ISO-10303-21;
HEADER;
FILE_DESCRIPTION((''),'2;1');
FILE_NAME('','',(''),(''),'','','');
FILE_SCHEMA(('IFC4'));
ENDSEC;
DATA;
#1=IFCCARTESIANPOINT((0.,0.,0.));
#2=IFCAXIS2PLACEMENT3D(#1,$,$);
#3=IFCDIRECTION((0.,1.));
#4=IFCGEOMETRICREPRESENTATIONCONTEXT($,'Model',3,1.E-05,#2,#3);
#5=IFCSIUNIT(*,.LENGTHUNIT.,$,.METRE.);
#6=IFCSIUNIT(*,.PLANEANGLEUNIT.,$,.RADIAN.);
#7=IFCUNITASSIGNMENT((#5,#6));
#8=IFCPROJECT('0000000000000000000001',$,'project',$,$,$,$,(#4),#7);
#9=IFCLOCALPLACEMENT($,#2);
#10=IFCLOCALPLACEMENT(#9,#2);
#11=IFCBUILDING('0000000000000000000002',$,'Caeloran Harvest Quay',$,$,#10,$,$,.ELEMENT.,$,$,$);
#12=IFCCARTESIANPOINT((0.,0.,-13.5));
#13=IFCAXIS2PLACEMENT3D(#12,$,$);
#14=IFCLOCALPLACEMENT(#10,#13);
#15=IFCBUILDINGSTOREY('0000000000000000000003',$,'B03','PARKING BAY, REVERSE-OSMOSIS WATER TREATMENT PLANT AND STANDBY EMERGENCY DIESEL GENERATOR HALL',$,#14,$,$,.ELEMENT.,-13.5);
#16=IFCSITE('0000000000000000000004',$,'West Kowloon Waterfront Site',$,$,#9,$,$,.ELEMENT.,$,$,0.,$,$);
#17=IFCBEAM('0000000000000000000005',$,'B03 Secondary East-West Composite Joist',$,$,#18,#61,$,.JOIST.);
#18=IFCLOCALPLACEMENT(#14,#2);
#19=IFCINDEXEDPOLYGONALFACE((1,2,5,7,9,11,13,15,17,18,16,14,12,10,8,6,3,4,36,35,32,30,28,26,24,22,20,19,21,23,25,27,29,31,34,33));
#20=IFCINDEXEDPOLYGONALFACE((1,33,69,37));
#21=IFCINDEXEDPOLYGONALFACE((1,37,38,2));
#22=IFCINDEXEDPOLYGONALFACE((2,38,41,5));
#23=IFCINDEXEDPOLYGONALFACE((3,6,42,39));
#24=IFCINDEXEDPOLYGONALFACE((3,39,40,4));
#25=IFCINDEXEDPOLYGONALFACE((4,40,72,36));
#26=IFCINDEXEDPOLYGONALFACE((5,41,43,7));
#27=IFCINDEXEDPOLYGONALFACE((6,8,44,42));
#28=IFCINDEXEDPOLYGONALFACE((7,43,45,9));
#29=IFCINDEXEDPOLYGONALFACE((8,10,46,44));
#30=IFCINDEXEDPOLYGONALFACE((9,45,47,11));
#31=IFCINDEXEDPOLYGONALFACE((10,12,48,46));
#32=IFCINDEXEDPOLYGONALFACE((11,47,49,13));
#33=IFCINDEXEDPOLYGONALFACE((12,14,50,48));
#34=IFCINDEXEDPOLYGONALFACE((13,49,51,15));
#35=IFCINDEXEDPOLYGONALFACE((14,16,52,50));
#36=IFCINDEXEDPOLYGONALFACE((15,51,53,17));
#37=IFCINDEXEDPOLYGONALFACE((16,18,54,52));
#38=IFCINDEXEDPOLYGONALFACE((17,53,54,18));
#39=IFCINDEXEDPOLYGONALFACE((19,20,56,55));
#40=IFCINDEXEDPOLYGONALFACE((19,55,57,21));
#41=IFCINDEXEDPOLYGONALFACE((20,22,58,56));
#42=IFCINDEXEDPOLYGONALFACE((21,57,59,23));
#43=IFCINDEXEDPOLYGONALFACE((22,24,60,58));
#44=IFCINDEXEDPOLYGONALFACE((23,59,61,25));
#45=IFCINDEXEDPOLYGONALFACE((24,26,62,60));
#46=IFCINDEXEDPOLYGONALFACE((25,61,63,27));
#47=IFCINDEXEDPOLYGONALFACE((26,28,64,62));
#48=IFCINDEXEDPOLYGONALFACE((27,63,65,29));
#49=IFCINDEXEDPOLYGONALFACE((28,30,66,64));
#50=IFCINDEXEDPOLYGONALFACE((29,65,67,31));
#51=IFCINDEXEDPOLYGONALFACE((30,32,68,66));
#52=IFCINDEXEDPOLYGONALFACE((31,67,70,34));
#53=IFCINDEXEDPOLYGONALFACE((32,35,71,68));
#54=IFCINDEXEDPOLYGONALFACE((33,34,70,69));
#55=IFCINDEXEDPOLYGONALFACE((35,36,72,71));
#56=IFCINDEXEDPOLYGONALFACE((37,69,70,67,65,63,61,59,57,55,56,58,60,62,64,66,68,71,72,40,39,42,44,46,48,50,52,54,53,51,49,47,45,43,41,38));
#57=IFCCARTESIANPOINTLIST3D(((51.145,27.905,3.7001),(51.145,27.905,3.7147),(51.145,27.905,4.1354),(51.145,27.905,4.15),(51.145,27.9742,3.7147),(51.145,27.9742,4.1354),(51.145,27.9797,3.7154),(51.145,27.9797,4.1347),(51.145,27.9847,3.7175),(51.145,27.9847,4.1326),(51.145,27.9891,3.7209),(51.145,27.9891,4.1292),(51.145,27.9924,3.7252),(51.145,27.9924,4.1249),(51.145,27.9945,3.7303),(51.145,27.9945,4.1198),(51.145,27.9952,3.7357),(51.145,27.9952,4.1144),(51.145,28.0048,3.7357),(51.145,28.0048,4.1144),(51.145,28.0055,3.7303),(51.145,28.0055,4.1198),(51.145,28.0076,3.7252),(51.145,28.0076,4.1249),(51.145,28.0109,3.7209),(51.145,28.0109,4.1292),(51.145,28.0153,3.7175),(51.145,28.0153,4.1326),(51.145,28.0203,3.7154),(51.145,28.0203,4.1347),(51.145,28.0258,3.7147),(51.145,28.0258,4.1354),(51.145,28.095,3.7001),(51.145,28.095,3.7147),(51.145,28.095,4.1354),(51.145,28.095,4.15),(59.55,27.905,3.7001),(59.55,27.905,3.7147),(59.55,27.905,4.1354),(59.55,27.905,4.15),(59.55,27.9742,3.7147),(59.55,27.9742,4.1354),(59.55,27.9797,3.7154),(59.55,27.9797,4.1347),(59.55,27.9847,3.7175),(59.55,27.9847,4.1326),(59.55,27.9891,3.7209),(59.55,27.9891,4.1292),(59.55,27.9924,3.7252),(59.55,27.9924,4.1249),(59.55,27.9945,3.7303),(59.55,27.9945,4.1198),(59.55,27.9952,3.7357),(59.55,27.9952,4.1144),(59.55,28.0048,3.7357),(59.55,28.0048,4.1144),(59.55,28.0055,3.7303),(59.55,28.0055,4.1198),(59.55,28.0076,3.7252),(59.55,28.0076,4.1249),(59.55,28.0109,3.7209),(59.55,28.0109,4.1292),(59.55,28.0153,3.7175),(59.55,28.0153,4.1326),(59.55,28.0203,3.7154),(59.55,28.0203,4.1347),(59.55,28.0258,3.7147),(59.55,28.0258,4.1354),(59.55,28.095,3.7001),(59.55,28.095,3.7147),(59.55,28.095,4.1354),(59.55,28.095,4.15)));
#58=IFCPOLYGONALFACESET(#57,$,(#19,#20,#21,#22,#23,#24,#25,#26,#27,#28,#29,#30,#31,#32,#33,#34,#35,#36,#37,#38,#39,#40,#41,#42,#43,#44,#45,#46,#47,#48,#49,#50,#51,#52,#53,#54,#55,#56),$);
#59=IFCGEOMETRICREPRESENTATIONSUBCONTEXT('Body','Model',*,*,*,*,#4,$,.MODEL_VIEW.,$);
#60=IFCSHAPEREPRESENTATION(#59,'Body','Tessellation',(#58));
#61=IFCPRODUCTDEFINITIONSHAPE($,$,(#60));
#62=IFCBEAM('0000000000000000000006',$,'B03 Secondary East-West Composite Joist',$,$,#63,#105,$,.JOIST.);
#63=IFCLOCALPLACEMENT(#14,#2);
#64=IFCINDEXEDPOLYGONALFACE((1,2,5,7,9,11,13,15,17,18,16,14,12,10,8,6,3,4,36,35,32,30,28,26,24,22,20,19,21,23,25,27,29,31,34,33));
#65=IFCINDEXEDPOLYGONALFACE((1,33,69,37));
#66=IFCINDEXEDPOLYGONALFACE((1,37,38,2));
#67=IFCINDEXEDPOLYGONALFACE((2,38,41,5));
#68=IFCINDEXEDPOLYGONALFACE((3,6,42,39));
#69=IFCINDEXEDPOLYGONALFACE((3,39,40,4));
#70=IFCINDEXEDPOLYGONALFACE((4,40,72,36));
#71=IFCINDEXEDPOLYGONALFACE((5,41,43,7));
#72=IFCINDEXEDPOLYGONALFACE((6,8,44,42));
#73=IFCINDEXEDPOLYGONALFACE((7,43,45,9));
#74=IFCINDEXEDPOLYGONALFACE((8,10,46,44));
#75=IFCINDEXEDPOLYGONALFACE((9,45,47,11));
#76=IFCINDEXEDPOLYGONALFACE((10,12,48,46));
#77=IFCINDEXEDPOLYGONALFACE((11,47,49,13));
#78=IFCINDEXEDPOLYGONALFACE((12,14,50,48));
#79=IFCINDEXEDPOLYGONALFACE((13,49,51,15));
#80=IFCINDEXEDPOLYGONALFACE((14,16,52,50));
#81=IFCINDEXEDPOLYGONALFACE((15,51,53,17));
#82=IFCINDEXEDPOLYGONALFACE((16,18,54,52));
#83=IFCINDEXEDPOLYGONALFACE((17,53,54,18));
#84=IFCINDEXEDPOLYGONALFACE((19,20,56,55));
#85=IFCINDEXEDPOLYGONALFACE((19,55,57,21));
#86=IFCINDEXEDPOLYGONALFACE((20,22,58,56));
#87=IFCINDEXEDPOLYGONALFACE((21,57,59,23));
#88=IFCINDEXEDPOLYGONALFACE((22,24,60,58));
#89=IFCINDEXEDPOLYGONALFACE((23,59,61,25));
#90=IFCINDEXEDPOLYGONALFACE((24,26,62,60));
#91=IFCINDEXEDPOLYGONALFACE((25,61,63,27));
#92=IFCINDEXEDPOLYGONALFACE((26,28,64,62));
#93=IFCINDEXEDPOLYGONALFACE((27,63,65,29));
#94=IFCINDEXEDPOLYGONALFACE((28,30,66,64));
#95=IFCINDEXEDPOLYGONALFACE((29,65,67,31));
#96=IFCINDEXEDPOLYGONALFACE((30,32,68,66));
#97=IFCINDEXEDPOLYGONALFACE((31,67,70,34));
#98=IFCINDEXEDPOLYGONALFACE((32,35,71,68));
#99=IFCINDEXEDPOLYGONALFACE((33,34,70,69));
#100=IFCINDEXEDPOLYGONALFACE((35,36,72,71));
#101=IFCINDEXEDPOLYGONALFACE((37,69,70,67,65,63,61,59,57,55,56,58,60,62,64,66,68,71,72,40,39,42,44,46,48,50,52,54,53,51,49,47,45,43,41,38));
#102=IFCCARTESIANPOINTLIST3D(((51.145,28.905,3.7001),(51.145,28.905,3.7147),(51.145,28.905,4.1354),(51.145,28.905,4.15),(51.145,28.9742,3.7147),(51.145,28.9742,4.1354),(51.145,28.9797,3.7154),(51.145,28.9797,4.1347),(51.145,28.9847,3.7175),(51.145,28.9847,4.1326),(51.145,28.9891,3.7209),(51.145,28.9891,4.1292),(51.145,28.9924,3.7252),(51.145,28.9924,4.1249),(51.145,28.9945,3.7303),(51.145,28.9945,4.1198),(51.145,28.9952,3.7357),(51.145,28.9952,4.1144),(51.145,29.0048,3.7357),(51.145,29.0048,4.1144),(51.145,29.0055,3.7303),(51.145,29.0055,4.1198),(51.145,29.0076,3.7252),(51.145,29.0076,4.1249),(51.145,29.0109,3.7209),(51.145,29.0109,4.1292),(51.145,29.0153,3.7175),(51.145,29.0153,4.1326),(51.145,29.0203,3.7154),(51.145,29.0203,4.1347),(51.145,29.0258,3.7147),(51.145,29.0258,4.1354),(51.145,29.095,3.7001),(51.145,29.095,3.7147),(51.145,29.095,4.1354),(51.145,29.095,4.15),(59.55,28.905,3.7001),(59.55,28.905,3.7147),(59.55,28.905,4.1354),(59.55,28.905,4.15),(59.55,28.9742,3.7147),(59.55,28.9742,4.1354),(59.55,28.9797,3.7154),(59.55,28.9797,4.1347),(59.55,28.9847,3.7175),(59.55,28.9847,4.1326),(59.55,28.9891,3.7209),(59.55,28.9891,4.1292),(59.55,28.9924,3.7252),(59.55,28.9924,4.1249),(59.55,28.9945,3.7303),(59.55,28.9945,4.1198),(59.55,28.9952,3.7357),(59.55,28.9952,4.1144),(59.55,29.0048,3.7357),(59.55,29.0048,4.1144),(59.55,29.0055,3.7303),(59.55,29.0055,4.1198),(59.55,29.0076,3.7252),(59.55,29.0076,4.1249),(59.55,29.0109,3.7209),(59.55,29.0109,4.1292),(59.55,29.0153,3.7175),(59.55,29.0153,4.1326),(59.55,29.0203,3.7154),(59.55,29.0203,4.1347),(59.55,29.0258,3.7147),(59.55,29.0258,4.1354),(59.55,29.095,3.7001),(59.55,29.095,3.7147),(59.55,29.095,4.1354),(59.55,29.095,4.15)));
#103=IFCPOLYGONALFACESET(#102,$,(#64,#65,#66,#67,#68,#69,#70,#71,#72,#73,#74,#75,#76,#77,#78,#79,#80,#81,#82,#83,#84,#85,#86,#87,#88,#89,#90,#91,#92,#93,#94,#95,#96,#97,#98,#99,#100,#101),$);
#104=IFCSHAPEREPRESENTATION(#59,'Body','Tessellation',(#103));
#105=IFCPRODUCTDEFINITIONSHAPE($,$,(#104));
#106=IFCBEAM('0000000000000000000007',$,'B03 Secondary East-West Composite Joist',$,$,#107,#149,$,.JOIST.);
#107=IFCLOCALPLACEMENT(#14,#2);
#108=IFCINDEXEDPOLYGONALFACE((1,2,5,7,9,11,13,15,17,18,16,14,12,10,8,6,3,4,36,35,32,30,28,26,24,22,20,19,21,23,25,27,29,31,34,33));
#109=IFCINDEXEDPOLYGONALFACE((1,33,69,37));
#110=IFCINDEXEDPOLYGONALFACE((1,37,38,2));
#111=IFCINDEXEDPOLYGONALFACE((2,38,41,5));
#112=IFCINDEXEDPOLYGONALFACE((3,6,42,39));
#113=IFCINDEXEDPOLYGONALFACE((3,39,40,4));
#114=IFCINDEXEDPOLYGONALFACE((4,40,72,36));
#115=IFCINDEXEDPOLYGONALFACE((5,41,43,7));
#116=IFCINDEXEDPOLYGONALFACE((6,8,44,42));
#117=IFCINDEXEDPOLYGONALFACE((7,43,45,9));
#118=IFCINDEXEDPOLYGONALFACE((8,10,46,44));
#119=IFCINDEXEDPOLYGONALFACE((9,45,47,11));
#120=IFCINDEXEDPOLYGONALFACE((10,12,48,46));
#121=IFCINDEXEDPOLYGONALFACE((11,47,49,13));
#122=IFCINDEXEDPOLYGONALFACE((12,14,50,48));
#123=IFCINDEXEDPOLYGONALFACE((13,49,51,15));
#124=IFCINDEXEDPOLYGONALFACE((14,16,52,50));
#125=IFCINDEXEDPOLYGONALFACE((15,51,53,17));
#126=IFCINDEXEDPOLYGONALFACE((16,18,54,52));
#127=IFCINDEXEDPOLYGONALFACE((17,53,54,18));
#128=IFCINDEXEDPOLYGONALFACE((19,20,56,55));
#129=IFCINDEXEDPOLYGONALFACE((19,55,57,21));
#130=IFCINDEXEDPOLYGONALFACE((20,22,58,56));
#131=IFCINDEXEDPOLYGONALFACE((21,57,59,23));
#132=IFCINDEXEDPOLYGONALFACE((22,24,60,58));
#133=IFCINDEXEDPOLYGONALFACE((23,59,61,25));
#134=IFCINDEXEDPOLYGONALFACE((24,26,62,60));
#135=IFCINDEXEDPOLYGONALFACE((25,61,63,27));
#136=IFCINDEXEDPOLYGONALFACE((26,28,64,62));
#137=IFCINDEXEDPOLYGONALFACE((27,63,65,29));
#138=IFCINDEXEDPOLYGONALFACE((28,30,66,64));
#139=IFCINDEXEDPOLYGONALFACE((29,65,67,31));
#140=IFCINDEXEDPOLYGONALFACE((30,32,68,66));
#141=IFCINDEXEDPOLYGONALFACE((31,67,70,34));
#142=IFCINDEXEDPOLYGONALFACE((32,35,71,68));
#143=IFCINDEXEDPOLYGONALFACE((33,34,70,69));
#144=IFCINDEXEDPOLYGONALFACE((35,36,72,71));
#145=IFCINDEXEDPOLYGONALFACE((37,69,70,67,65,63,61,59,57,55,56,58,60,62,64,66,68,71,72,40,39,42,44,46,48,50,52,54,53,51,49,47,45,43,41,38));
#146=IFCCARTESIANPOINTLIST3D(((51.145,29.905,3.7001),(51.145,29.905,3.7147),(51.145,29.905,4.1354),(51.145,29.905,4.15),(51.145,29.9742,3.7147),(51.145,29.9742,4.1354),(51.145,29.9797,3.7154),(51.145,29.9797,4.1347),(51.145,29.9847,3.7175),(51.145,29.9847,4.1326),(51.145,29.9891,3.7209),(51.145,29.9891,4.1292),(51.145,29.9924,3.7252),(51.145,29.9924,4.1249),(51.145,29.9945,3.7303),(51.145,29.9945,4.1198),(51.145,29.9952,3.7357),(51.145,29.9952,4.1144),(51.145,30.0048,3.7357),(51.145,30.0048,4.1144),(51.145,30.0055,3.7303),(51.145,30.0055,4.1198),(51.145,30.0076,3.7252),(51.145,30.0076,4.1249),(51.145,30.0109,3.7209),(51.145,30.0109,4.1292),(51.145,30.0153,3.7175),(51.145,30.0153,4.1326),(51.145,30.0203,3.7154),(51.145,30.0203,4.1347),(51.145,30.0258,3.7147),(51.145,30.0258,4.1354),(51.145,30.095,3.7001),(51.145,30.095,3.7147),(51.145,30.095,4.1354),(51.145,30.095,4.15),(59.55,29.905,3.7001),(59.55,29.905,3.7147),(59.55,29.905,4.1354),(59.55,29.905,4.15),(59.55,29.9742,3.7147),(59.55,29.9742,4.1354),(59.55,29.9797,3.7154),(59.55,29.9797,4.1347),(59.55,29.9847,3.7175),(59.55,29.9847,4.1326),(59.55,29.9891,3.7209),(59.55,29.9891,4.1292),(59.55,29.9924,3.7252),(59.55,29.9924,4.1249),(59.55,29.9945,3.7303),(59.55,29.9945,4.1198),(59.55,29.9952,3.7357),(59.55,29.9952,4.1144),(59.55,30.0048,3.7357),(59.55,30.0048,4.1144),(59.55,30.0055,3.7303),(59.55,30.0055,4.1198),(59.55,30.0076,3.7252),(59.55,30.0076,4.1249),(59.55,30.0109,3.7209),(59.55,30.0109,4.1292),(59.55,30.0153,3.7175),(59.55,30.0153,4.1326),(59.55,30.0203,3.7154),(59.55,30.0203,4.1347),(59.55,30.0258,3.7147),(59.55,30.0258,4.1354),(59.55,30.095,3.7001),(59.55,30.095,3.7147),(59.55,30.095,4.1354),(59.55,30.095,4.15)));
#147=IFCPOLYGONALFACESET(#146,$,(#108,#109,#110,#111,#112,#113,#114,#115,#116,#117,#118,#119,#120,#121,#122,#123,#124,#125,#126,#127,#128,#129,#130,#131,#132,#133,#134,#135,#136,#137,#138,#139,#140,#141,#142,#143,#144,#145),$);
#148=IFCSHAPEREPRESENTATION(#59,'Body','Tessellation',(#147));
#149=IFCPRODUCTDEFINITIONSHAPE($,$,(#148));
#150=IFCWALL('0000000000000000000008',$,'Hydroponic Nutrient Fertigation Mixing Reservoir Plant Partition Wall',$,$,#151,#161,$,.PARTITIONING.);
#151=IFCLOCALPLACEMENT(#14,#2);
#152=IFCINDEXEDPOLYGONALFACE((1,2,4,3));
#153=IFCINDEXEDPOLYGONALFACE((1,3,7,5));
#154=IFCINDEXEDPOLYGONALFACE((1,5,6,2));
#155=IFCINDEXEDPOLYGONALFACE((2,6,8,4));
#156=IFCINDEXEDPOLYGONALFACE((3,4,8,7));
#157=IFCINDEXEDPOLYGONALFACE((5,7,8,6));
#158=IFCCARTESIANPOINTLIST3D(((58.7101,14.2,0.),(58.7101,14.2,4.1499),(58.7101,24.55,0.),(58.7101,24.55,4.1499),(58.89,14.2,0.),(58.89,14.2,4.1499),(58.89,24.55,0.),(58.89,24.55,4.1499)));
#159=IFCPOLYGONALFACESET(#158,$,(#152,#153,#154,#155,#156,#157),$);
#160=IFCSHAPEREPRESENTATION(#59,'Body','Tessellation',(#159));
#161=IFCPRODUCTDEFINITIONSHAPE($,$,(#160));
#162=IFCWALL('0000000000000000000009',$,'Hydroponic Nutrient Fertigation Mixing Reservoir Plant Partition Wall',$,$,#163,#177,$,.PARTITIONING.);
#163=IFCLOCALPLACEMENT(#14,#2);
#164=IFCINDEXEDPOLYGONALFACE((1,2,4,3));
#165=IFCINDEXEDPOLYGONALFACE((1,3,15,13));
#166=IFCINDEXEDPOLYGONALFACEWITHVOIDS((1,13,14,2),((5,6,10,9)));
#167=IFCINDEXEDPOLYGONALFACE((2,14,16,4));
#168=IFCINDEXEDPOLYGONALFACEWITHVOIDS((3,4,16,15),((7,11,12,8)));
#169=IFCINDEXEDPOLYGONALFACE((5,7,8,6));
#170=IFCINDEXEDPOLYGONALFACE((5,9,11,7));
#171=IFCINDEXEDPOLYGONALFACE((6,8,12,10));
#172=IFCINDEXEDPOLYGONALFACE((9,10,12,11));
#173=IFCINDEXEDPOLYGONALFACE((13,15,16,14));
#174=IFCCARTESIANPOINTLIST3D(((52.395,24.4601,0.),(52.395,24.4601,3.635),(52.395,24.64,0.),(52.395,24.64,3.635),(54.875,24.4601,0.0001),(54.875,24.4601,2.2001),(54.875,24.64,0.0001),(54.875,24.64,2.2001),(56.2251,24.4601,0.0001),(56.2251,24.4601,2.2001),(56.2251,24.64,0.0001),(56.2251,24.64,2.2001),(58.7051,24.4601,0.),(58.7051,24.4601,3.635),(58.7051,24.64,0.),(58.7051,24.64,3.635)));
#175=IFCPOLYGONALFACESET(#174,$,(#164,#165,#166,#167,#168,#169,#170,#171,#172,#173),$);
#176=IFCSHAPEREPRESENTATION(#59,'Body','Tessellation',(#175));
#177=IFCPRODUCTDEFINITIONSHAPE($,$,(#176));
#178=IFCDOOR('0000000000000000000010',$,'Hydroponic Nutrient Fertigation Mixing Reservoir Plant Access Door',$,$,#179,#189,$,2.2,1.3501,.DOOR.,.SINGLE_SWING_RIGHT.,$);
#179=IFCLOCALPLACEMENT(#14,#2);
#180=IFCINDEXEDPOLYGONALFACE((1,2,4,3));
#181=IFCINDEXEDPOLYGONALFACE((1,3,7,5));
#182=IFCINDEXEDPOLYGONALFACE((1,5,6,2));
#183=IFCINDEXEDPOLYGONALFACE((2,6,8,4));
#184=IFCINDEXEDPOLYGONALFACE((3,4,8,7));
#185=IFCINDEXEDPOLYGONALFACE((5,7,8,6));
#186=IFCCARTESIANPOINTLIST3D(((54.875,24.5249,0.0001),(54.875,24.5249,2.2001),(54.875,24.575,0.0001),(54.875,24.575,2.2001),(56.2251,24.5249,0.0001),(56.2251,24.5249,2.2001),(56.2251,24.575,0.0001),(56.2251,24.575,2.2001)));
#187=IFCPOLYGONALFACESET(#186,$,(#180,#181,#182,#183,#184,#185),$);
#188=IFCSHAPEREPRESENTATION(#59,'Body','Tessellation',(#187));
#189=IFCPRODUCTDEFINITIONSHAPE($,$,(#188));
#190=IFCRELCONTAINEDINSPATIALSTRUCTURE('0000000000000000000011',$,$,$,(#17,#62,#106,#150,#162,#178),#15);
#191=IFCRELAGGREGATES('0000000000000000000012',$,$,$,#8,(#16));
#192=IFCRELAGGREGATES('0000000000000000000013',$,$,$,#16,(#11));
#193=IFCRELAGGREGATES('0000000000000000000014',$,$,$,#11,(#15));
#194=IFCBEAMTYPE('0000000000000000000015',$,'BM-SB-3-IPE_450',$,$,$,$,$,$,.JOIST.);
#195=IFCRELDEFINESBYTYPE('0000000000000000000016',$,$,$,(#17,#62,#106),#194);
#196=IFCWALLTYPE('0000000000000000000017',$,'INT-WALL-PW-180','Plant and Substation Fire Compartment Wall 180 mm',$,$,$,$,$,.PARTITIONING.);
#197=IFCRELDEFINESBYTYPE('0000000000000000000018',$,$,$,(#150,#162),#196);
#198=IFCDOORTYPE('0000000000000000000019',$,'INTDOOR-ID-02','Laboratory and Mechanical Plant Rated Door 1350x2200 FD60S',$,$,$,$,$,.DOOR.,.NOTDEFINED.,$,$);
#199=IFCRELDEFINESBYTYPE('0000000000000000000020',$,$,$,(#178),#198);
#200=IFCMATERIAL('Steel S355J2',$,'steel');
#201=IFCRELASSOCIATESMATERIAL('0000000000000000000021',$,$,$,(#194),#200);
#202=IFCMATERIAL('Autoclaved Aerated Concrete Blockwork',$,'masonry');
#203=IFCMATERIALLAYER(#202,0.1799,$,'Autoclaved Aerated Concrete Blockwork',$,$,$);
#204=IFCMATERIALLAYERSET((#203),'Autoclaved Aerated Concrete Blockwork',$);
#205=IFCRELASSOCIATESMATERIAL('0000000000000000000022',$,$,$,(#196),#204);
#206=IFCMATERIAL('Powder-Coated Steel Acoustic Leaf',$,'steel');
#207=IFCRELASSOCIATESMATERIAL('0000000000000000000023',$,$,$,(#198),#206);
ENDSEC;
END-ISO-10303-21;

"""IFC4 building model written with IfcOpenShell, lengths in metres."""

from ifc_helpers import new_model, si_unit, direction, frame, frame_2d, origin, origin_2d, place, context, subcontext, project, spatial, rectangle, i_section, extrude, material, layer, layer_set, material_profile, profile_set, type_object, element, fill, save


model = new_model("IFC4")

# Units and contexts
model_context = context("Model", 3, precision=1e-05, world=origin(), true_north=direction((0.0, 1.0)))
body_context = subcontext(model_context, "Body", "Model", "MODEL_VIEW")
ifc_project = project(units=[si_unit("LENGTHUNIT", "METRE"), si_unit("PLANEANGLEUNIT", "RADIAN")], contexts=[model_context])

# Site, building, storey
site_placement = place(None, origin())
site = spatial("IfcSite", under=ifc_project, at=site_placement, Name="West Kowloon Waterfront Site", CompositionType="ELEMENT", RefElevation=0.0)
building_placement = place(site_placement, origin())
building = spatial("IfcBuilding", under=site, at=building_placement, Name="Caeloran Harvest Quay", CompositionType="ELEMENT")
storey_placement = place(building_placement, frame((0.0, 0.0, -13.5)))
storey = spatial("IfcBuildingStorey", under=building, at=storey_placement, Name="B03", Description="PARKING BAY, REVERSE-OSMOSIS WATER TREATMENT PLANT AND STANDBY EMERGENCY DIESEL GENERATOR HALL", CompositionType="ELEMENT", Elevation=-13.5)

# Beams
ifc_material_1 = material(Name="Steel S355J2", Category="steel")
ifc_material_profile_1 = material_profile(ifc_material_1, i_section(OverallWidth=0.1899, OverallDepth=0.45, WebThickness=0.0095, FlangeThickness=0.0146, FilletRadius=0.021, at=origin_2d()), Name="IPE 450")
ifc_profile_set_1 = profile_set([ifc_material_profile_1], Name="Steel S355J2")
beam_type_1 = type_object("IfcBeamType", Name="BM-SB-3-IPE_450", PredefinedType="JOIST", material=ifc_profile_set_1)
for number, where, z_axis, x_axis, name in (
    (1, (51.145, 28.0, 3.925), (1.0, 0.0, 0.0), (0.0, 1.0, 0.0), "B03 Secondary East-West Composite Joist"),
    (2, (51.145, 29.0, 3.925), (1.0, 0.0, 0.0), (0.0, 1.0, 0.0), "B03 Secondary East-West Composite Joist"),
    (3, (51.145, 30.0, 3.925), (1.0, 0.0, 0.0), (0.0, 1.0, 0.0), "B03 Secondary East-West Composite Joist"),
):
    element("IfcBeam", number, at=place(storey_placement, frame(where, z_axis=z_axis, x_axis=x_axis)), inside=storey, type_object=beam_type_1, Name=name, PredefinedType="JOIST", context=body_context, shape_type="SweptSolid", body=[
        extrude(i_section(OverallWidth=0.1899, OverallDepth=0.45, WebThickness=0.0095, FlangeThickness=0.0146, FilletRadius=0.021, at=origin_2d()), origin(), (0.0, 0.0, 1.0), 8.405),
    ])

# Wall
ifc_material_2 = material(Name="Autoclaved Aerated Concrete Blockwork", Category="masonry")
ifc_layer = layer(ifc_material_2, 0.1799, Name="Autoclaved Aerated Concrete Blockwork")
ifc_layer_set = layer_set([ifc_layer], Name="Autoclaved Aerated Concrete Blockwork")
wall_type = type_object("IfcWallType", Name="INT-WALL-PW-180", Description="Plant and Substation Fire Compartment Wall 180 mm", PredefinedType="PARTITIONING", material=ifc_layer_set)
wall_1_placement = place(storey_placement, frame((58.8, 24.55, 0.0), z_axis=(0.0, 0.0, 1.0), x_axis=(0.0, -1.0, 0.0)))
element("IfcWall", 4, at=wall_1_placement, inside=storey, type_object=wall_type, Name="Hydroponic Nutrient Fertigation Mixing Reservoir Plant Partition Wall", PredefinedType="PARTITIONING", context=body_context, shape_type="SweptSolid", body=[
    extrude(rectangle(XDim=10.3501, YDim=0.1799, at=frame_2d((5.175, 0.0))), origin(), (0.0, 0.0, 1.0), 4.1499),
])

# Wall, opening, door
wall_2_placement = place(storey_placement, frame((52.395, 24.55, 0.0), z_axis=(0.0, 0.0, 1.0), x_axis=(1.0, 0.0, 0.0)))
wall_2 = element("IfcWall", 5, at=wall_2_placement, inside=storey, type_object=wall_type, Name="Hydroponic Nutrient Fertigation Mixing Reservoir Plant Partition Wall", PredefinedType="PARTITIONING", context=body_context, shape_type="SweptSolid", body=[
    extrude(rectangle(XDim=6.3101, YDim=0.1799, at=frame_2d((3.155, 0.0))), origin(), (0.0, 0.0, 1.0), 3.635),
])
opening_1_placement = place(wall_2_placement, frame((2.48, 0.0, 0.0)))
opening_1 = element("IfcOpeningElement", 6, at=opening_1_placement, cuts=wall_2, PredefinedType="OPENING", context=body_context, shape_type="SweptSolid", body=[
    extrude(rectangle(XDim=1.3501, YDim=2.2, at=frame_2d((0.675, 1.1001))), frame((0.0, 0.1001, 0.0), z_axis=(0.0, -1.0, 0.0), x_axis=(1.0, 0.0, 0.0)), (0.0, 0.0, 1.0), 0.2),
])
ifc_material_3 = material(Name="Powder-Coated Steel Acoustic Leaf", Category="steel")
door_type = type_object("IfcDoorType", Name="INTDOOR-ID-02", Description="Laboratory and Mechanical Plant Rated Door 1350x2200 FD60S", OperationType="NOTDEFINED", PredefinedType="DOOR", material=ifc_material_3)
door_1_placement = place(opening_1_placement, origin())
door_1 = element("IfcDoor", 7, at=door_1_placement, inside=storey, type_object=door_type, Name="Hydroponic Nutrient Fertigation Mixing Reservoir Plant Access Door", OperationType="SINGLE_SWING_RIGHT", OverallHeight=2.2, OverallWidth=1.3501, PredefinedType="DOOR", context=body_context, shape_type="SweptSolid", body=[
    extrude(rectangle(XDim=1.3501, YDim=2.2, at=frame_2d((0.675, 1.1001))), frame((0.0, 0.0249, 0.0), z_axis=(0.0, -1.0, 0.0), x_axis=(1.0, 0.0, 0.0)), (0.0, 0.0, 1.0), 0.05),
])
fill(opening_1, door_1)

save(model, "model.ifc")
